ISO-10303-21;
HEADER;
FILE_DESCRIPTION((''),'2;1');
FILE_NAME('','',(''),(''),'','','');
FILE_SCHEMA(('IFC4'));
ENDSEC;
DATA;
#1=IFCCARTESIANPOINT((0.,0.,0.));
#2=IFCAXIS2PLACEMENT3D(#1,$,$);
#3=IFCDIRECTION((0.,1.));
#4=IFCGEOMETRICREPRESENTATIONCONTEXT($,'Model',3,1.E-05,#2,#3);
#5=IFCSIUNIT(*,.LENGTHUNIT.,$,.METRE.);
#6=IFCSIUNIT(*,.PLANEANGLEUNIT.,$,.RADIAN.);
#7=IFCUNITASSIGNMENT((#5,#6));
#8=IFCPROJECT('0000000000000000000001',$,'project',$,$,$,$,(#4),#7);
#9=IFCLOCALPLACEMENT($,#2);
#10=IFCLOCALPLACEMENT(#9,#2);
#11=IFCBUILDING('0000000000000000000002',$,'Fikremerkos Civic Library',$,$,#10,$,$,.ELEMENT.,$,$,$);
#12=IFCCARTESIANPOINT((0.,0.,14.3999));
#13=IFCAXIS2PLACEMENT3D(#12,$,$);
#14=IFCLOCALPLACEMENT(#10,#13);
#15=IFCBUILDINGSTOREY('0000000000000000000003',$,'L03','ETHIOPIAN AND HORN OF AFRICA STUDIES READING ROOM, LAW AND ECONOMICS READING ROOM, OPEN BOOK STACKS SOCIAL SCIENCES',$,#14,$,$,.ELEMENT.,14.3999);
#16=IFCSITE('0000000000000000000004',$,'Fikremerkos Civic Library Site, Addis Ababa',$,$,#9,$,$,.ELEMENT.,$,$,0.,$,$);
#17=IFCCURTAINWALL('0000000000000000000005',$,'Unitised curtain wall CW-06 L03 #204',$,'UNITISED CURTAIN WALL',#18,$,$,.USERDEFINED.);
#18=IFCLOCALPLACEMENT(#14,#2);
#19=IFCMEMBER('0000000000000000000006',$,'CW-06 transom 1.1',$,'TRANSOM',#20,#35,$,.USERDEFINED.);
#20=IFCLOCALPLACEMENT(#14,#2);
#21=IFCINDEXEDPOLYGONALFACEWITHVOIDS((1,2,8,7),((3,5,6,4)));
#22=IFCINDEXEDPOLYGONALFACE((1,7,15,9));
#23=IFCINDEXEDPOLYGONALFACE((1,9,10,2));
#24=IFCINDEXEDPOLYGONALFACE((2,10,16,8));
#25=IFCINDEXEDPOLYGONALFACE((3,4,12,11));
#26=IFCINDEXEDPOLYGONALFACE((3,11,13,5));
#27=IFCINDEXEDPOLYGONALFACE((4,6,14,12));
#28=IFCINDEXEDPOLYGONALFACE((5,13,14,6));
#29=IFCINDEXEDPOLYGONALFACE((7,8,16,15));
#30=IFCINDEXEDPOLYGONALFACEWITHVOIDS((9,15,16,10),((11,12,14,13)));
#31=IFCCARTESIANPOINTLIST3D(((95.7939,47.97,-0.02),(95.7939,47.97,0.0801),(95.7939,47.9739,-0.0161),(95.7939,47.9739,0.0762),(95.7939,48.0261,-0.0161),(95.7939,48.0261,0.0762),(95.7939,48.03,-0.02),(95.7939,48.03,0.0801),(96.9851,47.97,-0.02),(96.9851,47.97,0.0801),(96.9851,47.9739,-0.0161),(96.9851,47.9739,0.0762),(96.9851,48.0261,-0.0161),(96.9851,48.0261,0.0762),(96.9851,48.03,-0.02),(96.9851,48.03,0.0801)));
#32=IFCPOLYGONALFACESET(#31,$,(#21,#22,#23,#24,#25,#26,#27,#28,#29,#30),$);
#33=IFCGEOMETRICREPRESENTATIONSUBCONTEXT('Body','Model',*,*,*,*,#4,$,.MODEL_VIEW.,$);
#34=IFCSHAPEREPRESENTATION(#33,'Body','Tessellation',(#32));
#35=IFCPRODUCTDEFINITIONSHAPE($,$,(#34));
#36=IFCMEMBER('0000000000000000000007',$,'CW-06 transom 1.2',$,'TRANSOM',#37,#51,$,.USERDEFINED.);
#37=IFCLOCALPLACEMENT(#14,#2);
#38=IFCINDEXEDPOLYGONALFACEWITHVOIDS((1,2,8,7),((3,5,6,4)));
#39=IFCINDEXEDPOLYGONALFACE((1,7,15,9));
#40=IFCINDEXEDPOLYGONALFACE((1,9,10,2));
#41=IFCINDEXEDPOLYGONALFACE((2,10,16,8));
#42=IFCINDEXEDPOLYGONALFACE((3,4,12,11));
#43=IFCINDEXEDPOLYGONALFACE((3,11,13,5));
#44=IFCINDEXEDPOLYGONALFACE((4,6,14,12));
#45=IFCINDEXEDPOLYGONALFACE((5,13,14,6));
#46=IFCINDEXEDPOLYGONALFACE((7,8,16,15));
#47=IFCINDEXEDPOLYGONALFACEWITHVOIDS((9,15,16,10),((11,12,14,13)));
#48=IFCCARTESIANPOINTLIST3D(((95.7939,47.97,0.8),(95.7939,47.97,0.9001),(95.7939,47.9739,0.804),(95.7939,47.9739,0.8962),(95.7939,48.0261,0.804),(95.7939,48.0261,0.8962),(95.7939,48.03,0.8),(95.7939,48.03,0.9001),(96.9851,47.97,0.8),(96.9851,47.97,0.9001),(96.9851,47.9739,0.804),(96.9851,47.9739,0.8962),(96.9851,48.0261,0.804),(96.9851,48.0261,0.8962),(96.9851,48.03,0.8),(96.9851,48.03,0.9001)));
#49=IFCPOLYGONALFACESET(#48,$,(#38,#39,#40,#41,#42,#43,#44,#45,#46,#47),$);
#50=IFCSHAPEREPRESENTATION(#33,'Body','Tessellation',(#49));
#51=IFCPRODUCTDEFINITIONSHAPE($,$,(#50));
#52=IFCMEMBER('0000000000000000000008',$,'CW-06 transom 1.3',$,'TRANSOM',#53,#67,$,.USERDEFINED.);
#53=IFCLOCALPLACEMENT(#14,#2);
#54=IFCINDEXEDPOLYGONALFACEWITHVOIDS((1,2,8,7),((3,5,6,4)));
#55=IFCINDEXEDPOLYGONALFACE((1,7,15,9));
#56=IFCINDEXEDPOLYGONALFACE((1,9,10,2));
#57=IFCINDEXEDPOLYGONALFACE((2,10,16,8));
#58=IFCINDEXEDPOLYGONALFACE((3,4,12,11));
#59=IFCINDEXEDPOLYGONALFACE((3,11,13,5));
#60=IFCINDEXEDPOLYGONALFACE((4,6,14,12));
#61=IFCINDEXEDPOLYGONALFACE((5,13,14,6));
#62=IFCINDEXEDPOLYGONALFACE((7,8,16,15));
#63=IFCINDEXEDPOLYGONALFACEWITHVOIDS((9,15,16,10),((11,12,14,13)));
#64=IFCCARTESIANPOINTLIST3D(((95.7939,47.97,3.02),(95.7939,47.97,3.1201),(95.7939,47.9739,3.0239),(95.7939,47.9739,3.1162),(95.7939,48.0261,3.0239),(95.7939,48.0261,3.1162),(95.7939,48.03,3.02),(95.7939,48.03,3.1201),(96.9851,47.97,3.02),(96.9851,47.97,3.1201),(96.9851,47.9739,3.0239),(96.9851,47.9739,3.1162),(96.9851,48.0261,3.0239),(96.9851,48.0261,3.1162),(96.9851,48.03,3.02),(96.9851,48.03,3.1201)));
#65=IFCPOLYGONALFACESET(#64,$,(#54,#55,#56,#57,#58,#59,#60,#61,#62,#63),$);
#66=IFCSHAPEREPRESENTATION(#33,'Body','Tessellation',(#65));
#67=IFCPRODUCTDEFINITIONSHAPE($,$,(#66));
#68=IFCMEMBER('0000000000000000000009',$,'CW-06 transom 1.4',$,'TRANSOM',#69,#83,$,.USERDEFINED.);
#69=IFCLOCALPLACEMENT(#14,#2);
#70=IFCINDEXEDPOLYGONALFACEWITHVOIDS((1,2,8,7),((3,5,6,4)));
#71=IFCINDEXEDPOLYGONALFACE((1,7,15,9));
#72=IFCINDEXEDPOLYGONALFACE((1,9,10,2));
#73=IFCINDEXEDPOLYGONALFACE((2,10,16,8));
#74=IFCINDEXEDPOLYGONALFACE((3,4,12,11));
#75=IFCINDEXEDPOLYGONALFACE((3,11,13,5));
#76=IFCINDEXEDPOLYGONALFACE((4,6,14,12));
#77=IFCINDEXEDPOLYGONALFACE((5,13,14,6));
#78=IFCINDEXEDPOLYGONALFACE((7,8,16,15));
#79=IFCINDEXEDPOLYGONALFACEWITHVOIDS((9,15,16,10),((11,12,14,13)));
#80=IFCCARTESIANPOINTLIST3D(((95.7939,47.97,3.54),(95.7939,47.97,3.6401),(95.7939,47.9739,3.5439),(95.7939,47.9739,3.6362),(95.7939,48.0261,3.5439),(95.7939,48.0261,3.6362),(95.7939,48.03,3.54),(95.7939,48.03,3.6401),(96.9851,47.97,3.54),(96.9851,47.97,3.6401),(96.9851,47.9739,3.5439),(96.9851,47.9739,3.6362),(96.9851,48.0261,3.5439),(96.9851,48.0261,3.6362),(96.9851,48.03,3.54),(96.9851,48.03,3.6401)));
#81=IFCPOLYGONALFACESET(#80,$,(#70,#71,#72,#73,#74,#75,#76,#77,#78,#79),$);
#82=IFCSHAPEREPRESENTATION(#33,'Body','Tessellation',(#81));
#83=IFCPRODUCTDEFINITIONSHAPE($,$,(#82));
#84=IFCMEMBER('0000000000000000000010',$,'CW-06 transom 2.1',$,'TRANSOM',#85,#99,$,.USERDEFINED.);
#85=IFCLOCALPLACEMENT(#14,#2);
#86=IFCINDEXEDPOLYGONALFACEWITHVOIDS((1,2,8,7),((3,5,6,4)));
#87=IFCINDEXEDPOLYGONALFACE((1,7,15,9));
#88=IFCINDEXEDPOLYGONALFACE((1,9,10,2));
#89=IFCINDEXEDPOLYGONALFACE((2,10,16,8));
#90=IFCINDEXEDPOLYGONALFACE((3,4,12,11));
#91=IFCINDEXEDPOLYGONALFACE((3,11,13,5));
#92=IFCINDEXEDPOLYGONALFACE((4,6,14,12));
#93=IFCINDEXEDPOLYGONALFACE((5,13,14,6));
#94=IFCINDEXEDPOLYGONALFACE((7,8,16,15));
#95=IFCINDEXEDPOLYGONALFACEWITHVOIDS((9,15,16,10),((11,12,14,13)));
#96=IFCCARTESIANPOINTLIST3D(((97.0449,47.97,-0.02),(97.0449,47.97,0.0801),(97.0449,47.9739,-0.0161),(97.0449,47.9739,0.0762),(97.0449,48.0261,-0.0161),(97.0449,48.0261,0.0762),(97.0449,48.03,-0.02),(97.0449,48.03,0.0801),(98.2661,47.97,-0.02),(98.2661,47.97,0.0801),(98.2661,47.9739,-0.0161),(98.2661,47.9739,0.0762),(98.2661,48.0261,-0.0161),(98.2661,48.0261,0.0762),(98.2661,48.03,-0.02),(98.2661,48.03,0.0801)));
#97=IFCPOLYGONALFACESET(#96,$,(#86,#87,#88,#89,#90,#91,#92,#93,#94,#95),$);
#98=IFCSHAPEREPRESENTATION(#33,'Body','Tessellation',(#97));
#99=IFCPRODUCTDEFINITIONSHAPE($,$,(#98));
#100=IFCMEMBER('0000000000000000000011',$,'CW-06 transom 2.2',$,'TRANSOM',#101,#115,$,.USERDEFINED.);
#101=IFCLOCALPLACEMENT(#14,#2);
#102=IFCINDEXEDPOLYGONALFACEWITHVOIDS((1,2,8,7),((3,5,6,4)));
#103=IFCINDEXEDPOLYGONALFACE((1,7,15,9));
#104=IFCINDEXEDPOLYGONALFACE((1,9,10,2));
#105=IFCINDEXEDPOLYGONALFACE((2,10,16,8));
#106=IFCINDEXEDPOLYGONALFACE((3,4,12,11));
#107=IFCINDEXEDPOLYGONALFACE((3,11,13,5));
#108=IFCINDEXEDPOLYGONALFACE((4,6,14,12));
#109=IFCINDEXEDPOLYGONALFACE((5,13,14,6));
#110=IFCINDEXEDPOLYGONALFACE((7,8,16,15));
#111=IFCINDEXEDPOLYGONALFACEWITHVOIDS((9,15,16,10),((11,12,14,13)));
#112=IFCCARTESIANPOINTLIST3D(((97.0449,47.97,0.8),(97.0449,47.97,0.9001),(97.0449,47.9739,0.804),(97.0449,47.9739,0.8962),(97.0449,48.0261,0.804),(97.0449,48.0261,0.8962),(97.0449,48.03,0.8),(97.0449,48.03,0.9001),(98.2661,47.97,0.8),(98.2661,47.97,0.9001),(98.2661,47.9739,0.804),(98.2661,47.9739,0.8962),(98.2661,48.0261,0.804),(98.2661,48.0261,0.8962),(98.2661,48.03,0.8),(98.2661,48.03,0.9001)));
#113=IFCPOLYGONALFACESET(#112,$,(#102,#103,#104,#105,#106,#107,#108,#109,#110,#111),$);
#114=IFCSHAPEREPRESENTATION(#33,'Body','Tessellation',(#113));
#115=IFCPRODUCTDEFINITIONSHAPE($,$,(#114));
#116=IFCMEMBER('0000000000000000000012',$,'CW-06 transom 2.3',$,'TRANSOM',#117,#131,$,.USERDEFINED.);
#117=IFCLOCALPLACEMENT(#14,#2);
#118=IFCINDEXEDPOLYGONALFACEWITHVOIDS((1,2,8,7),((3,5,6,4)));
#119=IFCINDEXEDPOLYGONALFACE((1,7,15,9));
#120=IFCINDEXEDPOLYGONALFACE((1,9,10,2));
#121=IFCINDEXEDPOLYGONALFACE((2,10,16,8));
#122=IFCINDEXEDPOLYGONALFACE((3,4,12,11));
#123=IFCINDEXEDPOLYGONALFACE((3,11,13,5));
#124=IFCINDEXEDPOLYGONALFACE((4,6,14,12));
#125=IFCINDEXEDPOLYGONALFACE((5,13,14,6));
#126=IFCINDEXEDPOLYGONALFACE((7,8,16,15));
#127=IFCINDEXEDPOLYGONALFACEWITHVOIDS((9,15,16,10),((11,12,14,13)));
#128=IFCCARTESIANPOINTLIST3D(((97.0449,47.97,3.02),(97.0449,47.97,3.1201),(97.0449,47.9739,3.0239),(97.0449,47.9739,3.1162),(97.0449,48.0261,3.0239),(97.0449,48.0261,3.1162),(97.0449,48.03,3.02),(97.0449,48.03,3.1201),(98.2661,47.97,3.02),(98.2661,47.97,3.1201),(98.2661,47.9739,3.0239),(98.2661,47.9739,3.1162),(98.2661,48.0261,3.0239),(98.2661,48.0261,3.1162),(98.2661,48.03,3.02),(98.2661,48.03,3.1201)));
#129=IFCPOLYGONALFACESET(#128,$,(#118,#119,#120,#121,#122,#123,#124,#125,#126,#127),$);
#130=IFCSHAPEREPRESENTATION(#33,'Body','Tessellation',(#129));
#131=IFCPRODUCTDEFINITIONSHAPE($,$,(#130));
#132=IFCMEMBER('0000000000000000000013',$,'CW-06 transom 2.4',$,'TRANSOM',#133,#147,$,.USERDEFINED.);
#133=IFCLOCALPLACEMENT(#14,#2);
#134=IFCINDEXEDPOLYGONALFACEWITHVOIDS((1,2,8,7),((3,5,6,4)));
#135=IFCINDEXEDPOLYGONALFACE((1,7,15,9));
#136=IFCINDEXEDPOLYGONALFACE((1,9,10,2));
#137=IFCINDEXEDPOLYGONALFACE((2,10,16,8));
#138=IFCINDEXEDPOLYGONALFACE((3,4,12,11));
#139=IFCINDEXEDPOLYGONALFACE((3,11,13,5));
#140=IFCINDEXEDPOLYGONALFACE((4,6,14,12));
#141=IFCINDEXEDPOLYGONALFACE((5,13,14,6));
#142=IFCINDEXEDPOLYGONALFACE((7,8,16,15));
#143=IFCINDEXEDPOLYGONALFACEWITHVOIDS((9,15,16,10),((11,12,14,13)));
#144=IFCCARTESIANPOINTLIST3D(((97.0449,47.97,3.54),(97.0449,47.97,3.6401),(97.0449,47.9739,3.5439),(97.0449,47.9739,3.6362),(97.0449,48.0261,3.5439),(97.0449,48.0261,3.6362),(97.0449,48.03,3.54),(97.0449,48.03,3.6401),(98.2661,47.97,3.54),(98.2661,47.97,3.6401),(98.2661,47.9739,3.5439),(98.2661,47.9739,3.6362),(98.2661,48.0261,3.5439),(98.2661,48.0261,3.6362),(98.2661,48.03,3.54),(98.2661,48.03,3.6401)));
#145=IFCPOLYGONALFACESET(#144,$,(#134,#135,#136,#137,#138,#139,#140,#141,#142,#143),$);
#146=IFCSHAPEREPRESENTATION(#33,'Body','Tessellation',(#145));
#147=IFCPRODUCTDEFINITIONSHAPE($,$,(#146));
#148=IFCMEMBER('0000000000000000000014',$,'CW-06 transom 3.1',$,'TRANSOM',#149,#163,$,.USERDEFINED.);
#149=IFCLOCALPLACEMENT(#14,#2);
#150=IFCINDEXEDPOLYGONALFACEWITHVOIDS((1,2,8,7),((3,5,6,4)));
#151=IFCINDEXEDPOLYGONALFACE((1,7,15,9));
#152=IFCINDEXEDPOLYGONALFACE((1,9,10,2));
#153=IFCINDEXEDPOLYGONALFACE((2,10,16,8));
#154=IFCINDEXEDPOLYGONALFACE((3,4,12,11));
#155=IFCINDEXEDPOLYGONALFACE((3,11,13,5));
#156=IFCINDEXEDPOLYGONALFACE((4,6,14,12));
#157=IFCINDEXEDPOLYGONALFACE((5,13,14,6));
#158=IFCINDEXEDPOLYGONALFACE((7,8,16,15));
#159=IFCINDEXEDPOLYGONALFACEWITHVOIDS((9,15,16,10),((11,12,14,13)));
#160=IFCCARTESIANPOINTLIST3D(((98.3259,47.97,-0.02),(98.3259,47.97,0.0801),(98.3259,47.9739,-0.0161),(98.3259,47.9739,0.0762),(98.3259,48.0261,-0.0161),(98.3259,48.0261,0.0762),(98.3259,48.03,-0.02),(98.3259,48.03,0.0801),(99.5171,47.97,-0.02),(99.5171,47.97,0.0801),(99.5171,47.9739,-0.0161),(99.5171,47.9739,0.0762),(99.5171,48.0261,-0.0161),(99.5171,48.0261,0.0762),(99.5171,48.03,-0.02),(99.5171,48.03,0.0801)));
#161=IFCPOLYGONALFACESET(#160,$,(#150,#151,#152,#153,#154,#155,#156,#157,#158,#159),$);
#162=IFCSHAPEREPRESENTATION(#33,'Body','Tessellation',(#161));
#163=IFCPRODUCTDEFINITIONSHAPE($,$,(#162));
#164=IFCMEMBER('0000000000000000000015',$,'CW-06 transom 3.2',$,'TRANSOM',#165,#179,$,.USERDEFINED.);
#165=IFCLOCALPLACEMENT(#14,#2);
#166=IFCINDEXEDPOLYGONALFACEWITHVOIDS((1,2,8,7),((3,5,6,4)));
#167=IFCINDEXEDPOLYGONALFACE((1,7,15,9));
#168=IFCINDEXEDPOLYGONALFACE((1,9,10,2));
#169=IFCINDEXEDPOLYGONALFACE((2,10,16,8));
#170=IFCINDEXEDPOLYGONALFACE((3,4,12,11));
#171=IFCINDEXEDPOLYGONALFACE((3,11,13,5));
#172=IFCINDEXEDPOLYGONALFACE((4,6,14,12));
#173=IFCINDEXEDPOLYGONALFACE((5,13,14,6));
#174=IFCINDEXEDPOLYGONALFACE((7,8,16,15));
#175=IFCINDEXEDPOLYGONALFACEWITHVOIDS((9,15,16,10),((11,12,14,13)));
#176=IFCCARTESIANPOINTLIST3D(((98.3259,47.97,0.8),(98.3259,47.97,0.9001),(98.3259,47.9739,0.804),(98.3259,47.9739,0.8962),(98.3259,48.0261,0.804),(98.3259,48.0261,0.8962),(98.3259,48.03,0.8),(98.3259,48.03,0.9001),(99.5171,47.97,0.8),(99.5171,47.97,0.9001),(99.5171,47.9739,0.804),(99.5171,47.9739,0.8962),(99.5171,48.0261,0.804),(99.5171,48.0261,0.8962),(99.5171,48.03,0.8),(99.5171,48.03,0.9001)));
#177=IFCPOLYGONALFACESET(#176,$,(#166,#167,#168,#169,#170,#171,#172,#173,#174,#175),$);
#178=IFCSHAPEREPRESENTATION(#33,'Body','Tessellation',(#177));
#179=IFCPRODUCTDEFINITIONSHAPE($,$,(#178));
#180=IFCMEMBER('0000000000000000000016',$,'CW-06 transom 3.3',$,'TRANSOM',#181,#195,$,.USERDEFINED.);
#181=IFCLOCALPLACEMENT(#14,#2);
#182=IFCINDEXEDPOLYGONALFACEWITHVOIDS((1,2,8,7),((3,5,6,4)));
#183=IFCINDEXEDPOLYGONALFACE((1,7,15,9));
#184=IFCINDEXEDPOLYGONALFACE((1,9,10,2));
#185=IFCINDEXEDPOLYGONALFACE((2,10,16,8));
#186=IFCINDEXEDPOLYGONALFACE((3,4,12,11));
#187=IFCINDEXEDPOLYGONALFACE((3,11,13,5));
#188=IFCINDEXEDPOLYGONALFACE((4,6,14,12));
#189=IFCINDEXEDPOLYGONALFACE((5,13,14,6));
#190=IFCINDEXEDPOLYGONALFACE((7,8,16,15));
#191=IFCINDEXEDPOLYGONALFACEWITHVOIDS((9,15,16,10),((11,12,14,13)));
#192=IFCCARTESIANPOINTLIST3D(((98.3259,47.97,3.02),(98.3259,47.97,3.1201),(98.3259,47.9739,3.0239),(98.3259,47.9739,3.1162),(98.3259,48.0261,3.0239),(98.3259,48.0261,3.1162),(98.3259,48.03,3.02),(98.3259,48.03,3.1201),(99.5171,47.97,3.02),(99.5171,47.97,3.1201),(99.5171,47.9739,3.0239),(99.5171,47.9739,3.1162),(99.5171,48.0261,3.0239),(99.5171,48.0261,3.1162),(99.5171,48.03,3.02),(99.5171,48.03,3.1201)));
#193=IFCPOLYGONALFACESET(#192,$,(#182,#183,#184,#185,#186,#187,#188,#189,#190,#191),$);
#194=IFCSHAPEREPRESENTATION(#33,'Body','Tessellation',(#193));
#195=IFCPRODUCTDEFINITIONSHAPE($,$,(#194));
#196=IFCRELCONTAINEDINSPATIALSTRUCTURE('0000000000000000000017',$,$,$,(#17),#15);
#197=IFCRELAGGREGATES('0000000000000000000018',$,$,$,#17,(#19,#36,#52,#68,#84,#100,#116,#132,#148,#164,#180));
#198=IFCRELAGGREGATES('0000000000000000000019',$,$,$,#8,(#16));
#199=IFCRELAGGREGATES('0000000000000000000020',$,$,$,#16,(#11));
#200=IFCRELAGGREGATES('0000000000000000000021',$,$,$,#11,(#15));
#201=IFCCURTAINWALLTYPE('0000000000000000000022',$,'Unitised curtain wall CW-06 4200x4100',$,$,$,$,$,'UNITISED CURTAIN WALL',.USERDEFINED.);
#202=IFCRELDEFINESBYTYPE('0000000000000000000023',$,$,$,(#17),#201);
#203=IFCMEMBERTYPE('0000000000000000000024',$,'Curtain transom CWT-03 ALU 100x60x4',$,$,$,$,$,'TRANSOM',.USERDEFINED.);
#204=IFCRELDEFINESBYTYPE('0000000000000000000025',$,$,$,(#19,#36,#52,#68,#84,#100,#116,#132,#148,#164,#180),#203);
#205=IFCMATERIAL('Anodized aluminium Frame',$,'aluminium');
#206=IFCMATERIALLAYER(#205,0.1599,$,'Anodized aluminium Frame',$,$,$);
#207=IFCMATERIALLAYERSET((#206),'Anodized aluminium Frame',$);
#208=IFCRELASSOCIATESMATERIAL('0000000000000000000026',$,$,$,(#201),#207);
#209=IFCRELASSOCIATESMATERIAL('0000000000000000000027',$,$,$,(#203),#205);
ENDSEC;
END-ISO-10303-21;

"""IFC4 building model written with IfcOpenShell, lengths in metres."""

from ifc_helpers import new_model, si_unit, direction, frame, origin, origin_2d, place, context, subcontext, project, spatial, hollow_rectangle, extrude, material, layer, layer_set, material_profile, profile_set, type_object, element, aggregate, save


model = new_model("IFC4")

# Units and contexts
model_context = context("Model", 3, precision=1e-05, world=origin(), true_north=direction((0.0, 1.0)))
body_context = subcontext(model_context, "Body", "Model", "MODEL_VIEW")
ifc_project = project(units=[si_unit("LENGTHUNIT", "METRE"), si_unit("PLANEANGLEUNIT", "RADIAN")], contexts=[model_context])

# Site, building, storey
site_placement = place(None, origin())
site = spatial("IfcSite", under=ifc_project, at=site_placement, Name="Fikremerkos Civic Library Site, Addis Ababa", CompositionType="ELEMENT", RefElevation=0.0)
building_placement = place(site_placement, origin())
building = spatial("IfcBuilding", under=site, at=building_placement, Name="Fikremerkos Civic Library", CompositionType="ELEMENT")
storey_placement = place(building_placement, frame((0.0, 0.0, 14.3999)))
storey = spatial("IfcBuildingStorey", under=building, at=storey_placement, Name="L03", Description="ETHIOPIAN AND HORN OF AFRICA STUDIES READING ROOM, LAW AND ECONOMICS READING ROOM, OPEN BOOK STACKS SOCIAL SCIENCES", CompositionType="ELEMENT", Elevation=14.3999)

# Curtain wall
ifc_material_1 = material(Name="Anodized aluminium Frame", Category="aluminium")
ifc_layer_1 = layer(ifc_material_1, 0.1599, Name="Anodized aluminium Frame")
ifc_layer_set_1 = layer_set([ifc_layer_1], Name="Anodized aluminium Frame")
curtain_wall_type_1 = type_object("IfcCurtainWallType", Name="Unitised curtain wall CW-06 4200x4100", ElementType="UNITISED CURTAIN WALL", PredefinedType="USERDEFINED", material=ifc_layer_set_1)
curtain_wall_1_placement = place(storey_placement, origin())
curtain_wall_1 = element("IfcCurtainWall", 1, at=curtain_wall_1_placement, inside=storey, type_object=curtain_wall_type_1, Name="Unitised curtain wall CW-06 L03 #204", ObjectType="UNITISED CURTAIN WALL", PredefinedType="USERDEFINED")

# Members
ifc_material_profile_1 = material_profile(ifc_material_1, hollow_rectangle(XDim=0.0601, YDim=0.1001, WallThickness=0.0039, at=origin_2d()), Name="ALU 100x60x4")
ifc_profile_set_1 = profile_set([ifc_material_profile_1], Name="Anodized aluminium Frame")
member_type_1 = type_object("IfcMemberType", Name="Curtain transom CWT-03 ALU 100x60x4", ElementType="TRANSOM", PredefinedType="USERDEFINED", material=ifc_profile_set_1)
member_1_placement = place(storey_placement, frame((95.7939, 48.0, 0.03), z_axis=(1.0, 0.0, 0.0), x_axis=(0.0, 1.0, 0.0)))
member_1 = element("IfcMember", 2, at=member_1_placement, type_object=member_type_1, Name="CW-06 transom 1.1", ObjectType="TRANSOM", PredefinedType="USERDEFINED", context=body_context, shape_type="SweptSolid", body=[
    extrude(hollow_rectangle(XDim=0.0601, YDim=0.1001, WallThickness=0.0039, at=origin_2d()), origin(), (0.0, 0.0, 1.0), 1.1912),
])
member_2_placement = place(storey_placement, frame((95.7939, 48.0, 0.8501), z_axis=(1.0, 0.0, 0.0), x_axis=(0.0, 1.0, 0.0)))
member_2 = element("IfcMember", 3, at=member_2_placement, type_object=member_type_1, Name="CW-06 transom 1.2", ObjectType="TRANSOM", PredefinedType="USERDEFINED", context=body_context, shape_type="SweptSolid", body=[
    extrude(hollow_rectangle(XDim=0.0601, YDim=0.1001, WallThickness=0.0039, at=origin_2d()), origin(), (0.0, 0.0, 1.0), 1.1912),
])
member_3_placement = place(storey_placement, frame((95.7939, 48.0, 3.0701), z_axis=(1.0, 0.0, 0.0), x_axis=(0.0, 1.0, 0.0)))
member_3 = element("IfcMember", 4, at=member_3_placement, type_object=member_type_1, Name="CW-06 transom 1.3", ObjectType="TRANSOM", PredefinedType="USERDEFINED", context=body_context, shape_type="SweptSolid", body=[
    extrude(hollow_rectangle(XDim=0.0601, YDim=0.1001, WallThickness=0.0039, at=origin_2d()), origin(), (0.0, 0.0, 1.0), 1.1912),
])
member_4_placement = place(storey_placement, frame((95.7939, 48.0, 3.5901), z_axis=(1.0, 0.0, 0.0), x_axis=(0.0, 1.0, 0.0)))
member_4 = element("IfcMember", 5, at=member_4_placement, type_object=member_type_1, Name="CW-06 transom 1.4", ObjectType="TRANSOM", PredefinedType="USERDEFINED", context=body_context, shape_type="SweptSolid", body=[
    extrude(hollow_rectangle(XDim=0.0601, YDim=0.1001, WallThickness=0.0039, at=origin_2d()), origin(), (0.0, 0.0, 1.0), 1.1912),
])
member_5_placement = place(storey_placement, frame((97.0449, 48.0, 0.03), z_axis=(1.0, 0.0, 0.0), x_axis=(0.0, 1.0, 0.0)))
member_5 = element("IfcMember", 6, at=member_5_placement, type_object=member_type_1, Name="CW-06 transom 2.1", ObjectType="TRANSOM", PredefinedType="USERDEFINED", context=body_context, shape_type="SweptSolid", body=[
    extrude(hollow_rectangle(XDim=0.0601, YDim=0.1001, WallThickness=0.0039, at=origin_2d()), origin(), (0.0, 0.0, 1.0), 1.2212),
])
member_6_placement = place(storey_placement, frame((97.0449, 48.0, 0.8501), z_axis=(1.0, 0.0, 0.0), x_axis=(0.0, 1.0, 0.0)))
member_6 = element("IfcMember", 7, at=member_6_placement, type_object=member_type_1, Name="CW-06 transom 2.2", ObjectType="TRANSOM", PredefinedType="USERDEFINED", context=body_context, shape_type="SweptSolid", body=[
    extrude(hollow_rectangle(XDim=0.0601, YDim=0.1001, WallThickness=0.0039, at=origin_2d()), origin(), (0.0, 0.0, 1.0), 1.2212),
])
member_7_placement = place(storey_placement, frame((97.0449, 48.0, 3.0701), z_axis=(1.0, 0.0, 0.0), x_axis=(0.0, 1.0, 0.0)))
member_7 = element("IfcMember", 8, at=member_7_placement, type_object=member_type_1, Name="CW-06 transom 2.3", ObjectType="TRANSOM", PredefinedType="USERDEFINED", context=body_context, shape_type="SweptSolid", body=[
    extrude(hollow_rectangle(XDim=0.0601, YDim=0.1001, WallThickness=0.0039, at=origin_2d()), origin(), (0.0, 0.0, 1.0), 1.2212),
])
member_8_placement = place(storey_placement, frame((97.0449, 48.0, 3.5901), z_axis=(1.0, 0.0, 0.0), x_axis=(0.0, 1.0, 0.0)))
member_8 = element("IfcMember", 9, at=member_8_placement, type_object=member_type_1, Name="CW-06 transom 2.4", ObjectType="TRANSOM", PredefinedType="USERDEFINED", context=body_context, shape_type="SweptSolid", body=[
    extrude(hollow_rectangle(XDim=0.0601, YDim=0.1001, WallThickness=0.0039, at=origin_2d()), origin(), (0.0, 0.0, 1.0), 1.2212),
])
member_9_placement = place(storey_placement, frame((98.3259, 48.0, 0.03), z_axis=(1.0, 0.0, 0.0), x_axis=(0.0, 1.0, 0.0)))
member_9 = element("IfcMember", 10, at=member_9_placement, type_object=member_type_1, Name="CW-06 transom 3.1", ObjectType="TRANSOM", PredefinedType="USERDEFINED", context=body_context, shape_type="SweptSolid", body=[
    extrude(hollow_rectangle(XDim=0.0601, YDim=0.1001, WallThickness=0.0039, at=origin_2d()), origin(), (0.0, 0.0, 1.0), 1.1912),
])
member_10_placement = place(storey_placement, frame((98.3259, 48.0, 0.8501), z_axis=(1.0, 0.0, 0.0), x_axis=(0.0, 1.0, 0.0)))
member_10 = element("IfcMember", 11, at=member_10_placement, type_object=member_type_1, Name="CW-06 transom 3.2", ObjectType="TRANSOM", PredefinedType="USERDEFINED", context=body_context, shape_type="SweptSolid", body=[
    extrude(hollow_rectangle(XDim=0.0601, YDim=0.1001, WallThickness=0.0039, at=origin_2d()), origin(), (0.0, 0.0, 1.0), 1.1912),
])
member_11_placement = place(storey_placement, frame((98.3259, 48.0, 3.0701), z_axis=(1.0, 0.0, 0.0), x_axis=(0.0, 1.0, 0.0)))
member_11 = element("IfcMember", 12, at=member_11_placement, type_object=member_type_1, Name="CW-06 transom 3.3", ObjectType="TRANSOM", PredefinedType="USERDEFINED", context=body_context, shape_type="SweptSolid", body=[
    extrude(hollow_rectangle(XDim=0.0601, YDim=0.1001, WallThickness=0.0039, at=origin_2d()), origin(), (0.0, 0.0, 1.0), 1.1912),
])

aggregate(curtain_wall_1, [member_1, member_2, member_3, member_4, member_5, member_6, member_7, member_8, member_9, member_10, member_11])

save(model, "model.ifc")
